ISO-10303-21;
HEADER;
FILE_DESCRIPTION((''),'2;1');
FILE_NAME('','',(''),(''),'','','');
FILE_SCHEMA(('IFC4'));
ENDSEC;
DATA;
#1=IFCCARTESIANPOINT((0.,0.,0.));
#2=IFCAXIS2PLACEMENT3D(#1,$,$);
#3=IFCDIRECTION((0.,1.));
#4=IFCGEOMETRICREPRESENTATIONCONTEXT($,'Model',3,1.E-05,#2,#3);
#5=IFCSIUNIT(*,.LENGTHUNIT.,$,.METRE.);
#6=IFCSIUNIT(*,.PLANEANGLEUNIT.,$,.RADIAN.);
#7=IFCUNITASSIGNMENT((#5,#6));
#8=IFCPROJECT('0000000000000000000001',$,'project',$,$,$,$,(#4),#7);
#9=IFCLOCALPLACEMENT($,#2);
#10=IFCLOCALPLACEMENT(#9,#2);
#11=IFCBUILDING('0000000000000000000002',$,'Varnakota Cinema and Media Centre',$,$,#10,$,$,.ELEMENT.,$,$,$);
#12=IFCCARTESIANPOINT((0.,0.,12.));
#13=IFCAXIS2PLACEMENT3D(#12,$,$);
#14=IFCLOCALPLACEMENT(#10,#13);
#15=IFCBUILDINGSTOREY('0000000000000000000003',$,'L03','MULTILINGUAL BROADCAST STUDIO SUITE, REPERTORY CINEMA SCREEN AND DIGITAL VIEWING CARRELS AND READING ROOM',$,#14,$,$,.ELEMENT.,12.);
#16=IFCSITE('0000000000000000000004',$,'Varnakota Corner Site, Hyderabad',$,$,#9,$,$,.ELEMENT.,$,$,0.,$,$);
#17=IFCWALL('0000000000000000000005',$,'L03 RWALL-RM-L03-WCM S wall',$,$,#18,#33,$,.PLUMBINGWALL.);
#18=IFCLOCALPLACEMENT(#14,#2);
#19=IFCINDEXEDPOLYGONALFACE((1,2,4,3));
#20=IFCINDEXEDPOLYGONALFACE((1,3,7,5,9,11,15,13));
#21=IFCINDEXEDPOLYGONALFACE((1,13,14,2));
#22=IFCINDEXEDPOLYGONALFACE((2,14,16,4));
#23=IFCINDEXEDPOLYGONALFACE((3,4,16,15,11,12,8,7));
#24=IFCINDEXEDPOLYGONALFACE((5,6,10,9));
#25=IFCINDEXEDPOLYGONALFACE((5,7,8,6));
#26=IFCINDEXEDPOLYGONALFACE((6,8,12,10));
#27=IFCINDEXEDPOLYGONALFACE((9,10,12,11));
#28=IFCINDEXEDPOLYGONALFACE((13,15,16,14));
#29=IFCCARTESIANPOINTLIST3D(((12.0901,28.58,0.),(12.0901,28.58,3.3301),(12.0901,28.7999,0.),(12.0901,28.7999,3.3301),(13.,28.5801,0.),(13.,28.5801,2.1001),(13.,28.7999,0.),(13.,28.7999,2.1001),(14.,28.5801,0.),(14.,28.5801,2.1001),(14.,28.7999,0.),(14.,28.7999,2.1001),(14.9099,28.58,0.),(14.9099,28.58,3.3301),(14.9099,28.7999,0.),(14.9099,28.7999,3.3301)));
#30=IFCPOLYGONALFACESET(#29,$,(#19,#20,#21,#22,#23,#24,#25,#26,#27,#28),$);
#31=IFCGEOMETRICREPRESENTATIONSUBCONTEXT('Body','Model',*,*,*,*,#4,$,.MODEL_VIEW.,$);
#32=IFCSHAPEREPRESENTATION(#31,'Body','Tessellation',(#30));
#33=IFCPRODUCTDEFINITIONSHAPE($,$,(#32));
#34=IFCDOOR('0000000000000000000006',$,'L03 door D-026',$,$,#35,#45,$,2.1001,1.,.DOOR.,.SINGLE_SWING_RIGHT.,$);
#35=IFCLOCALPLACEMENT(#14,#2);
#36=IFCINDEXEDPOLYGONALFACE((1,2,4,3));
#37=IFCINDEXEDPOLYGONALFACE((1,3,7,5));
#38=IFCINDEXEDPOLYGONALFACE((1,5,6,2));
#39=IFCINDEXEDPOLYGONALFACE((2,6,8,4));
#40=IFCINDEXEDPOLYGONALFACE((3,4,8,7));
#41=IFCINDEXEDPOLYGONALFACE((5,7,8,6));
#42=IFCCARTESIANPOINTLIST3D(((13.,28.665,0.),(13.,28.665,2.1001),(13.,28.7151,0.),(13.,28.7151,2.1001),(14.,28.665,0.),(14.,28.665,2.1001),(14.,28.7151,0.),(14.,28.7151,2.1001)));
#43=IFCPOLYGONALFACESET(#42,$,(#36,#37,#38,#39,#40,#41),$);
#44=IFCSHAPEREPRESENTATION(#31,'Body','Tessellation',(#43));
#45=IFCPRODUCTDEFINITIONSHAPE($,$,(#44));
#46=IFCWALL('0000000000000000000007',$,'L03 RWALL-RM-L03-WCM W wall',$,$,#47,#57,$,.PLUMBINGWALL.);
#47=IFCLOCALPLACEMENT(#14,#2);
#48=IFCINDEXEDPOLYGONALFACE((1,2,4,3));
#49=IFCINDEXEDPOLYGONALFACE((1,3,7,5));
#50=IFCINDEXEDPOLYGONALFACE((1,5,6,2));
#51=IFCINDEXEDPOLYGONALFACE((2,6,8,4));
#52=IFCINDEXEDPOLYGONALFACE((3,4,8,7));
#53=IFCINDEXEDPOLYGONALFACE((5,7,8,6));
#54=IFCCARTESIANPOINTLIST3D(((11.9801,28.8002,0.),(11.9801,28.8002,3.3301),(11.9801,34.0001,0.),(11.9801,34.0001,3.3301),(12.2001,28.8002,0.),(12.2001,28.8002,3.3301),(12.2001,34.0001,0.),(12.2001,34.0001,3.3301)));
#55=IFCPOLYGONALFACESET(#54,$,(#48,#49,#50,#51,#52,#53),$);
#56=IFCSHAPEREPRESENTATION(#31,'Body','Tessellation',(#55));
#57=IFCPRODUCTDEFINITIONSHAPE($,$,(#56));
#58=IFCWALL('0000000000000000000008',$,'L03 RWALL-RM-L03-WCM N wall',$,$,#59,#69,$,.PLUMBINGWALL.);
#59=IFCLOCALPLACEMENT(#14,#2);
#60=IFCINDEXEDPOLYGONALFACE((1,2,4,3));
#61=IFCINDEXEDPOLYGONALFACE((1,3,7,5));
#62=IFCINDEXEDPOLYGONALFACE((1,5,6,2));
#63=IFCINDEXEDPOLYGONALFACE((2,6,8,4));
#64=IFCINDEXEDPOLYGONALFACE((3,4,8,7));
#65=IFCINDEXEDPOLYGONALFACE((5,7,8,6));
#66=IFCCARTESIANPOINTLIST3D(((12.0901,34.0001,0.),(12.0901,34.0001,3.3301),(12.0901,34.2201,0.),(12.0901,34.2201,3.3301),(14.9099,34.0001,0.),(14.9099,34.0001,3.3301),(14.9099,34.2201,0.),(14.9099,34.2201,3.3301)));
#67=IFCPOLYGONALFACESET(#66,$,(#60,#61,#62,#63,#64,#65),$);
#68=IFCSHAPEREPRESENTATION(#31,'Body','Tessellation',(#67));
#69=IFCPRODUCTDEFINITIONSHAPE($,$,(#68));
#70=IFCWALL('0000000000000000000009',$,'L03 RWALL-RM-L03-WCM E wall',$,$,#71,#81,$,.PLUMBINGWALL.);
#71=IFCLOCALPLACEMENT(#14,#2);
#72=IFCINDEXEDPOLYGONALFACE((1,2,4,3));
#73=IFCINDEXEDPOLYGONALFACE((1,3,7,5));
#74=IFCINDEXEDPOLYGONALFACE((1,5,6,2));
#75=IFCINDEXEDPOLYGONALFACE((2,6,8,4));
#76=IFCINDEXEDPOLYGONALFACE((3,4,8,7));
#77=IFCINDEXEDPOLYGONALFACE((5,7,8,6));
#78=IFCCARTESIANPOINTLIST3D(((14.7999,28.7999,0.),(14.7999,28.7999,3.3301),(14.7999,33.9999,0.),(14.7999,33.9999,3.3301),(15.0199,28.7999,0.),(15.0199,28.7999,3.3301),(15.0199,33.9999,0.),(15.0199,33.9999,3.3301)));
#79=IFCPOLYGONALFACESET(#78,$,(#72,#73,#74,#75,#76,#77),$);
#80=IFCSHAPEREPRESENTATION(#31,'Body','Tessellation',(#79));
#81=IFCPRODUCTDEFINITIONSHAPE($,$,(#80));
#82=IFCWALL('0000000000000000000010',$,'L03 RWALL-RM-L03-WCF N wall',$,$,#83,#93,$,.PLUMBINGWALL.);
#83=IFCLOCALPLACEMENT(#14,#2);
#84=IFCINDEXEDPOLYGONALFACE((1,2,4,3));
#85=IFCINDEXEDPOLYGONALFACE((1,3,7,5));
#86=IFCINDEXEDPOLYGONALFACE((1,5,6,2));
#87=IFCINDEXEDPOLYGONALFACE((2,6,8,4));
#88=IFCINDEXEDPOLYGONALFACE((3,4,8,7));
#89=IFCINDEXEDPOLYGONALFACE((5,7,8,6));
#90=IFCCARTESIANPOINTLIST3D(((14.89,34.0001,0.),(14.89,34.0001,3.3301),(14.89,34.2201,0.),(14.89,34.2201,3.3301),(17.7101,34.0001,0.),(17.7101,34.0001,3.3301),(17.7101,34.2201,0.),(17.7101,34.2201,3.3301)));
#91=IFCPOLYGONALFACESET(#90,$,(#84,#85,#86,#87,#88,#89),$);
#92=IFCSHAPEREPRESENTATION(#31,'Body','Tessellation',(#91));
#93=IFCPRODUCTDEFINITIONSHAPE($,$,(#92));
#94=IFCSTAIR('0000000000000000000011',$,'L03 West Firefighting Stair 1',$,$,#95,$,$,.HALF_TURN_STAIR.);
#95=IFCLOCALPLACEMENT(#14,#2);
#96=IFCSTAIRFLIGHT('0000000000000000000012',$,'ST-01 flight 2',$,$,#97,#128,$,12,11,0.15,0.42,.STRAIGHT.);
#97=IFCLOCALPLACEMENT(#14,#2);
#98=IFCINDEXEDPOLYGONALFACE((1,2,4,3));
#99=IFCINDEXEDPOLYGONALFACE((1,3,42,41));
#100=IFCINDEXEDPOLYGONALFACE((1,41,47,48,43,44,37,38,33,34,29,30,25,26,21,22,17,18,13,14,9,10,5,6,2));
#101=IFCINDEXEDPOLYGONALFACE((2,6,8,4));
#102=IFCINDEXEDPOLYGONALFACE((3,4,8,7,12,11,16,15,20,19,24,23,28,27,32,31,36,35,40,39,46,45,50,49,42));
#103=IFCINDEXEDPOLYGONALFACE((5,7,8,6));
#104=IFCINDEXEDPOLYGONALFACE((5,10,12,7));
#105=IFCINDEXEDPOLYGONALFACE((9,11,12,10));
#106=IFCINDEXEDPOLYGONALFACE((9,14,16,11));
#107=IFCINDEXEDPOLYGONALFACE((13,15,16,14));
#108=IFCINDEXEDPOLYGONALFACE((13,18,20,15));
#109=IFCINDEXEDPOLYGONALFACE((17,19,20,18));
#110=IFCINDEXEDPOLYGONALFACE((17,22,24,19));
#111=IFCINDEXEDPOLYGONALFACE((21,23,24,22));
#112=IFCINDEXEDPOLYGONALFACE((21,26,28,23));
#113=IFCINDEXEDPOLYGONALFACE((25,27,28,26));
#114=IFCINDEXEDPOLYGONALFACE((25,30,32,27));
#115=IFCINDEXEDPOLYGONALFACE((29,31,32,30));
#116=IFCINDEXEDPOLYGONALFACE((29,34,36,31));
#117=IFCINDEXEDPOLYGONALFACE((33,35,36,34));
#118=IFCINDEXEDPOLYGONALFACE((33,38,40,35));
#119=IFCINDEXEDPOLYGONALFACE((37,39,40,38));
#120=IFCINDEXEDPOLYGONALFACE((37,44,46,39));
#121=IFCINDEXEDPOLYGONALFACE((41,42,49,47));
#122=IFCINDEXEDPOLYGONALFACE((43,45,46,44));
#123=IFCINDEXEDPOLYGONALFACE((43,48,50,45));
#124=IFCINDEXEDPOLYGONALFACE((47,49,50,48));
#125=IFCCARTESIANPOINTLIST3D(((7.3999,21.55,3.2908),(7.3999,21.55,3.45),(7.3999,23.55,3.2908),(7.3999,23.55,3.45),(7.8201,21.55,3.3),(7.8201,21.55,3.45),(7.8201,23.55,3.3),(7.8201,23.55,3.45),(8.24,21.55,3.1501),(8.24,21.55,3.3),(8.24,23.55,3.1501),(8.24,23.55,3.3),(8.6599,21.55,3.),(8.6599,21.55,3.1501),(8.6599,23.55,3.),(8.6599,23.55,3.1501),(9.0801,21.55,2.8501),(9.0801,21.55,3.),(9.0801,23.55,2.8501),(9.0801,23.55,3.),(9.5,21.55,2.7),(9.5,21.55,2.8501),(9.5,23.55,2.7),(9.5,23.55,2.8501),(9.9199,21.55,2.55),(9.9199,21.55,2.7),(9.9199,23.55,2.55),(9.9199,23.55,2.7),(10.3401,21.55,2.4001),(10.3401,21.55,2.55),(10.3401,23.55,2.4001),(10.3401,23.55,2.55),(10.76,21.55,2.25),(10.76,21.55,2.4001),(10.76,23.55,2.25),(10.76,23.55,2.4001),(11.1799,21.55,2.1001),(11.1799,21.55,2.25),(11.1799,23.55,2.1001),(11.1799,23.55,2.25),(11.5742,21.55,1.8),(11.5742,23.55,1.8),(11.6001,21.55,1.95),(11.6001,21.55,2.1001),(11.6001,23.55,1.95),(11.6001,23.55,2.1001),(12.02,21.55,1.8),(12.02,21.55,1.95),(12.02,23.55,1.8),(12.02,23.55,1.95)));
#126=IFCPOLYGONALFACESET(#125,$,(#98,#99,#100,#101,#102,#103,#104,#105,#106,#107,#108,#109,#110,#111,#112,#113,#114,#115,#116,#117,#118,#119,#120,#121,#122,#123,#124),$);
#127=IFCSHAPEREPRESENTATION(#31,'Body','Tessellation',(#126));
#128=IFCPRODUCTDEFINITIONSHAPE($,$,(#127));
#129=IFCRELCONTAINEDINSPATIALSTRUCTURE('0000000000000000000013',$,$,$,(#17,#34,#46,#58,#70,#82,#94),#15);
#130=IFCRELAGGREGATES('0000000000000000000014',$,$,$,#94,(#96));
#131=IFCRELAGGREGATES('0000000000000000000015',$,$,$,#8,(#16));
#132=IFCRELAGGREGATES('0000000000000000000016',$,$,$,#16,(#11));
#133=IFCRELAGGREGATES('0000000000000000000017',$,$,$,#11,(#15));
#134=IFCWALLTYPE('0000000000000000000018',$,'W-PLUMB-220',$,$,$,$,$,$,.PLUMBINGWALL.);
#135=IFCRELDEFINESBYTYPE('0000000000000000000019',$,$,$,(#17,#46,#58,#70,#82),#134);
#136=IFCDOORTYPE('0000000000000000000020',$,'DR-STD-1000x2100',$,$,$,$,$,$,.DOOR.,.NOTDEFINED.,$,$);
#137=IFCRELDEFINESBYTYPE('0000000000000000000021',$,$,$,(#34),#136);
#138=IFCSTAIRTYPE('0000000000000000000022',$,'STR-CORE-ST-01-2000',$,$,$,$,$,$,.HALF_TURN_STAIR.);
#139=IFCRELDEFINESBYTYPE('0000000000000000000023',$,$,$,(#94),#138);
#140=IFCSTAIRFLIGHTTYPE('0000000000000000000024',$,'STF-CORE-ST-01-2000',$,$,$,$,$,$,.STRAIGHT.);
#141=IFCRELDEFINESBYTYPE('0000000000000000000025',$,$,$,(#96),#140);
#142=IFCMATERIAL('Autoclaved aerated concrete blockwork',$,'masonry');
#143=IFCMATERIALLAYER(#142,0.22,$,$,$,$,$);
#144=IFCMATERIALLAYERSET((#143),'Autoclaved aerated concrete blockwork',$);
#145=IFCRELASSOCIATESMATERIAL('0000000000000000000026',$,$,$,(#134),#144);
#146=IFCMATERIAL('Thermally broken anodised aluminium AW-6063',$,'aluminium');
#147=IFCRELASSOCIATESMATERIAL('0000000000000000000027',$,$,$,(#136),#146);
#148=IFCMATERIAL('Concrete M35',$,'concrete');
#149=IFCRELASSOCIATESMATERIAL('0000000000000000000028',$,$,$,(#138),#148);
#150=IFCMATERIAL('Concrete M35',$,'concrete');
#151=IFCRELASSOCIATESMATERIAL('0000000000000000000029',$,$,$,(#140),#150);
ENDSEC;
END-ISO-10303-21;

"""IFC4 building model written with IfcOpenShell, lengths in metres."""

from ifc_helpers import new_model, si_unit, direction, frame, frame_2d, origin, place, context, subcontext, project, spatial, polyline, rectangle, outline, extrude, material, layer, layer_set, type_object, element, fill, aggregate, save


model = new_model("IFC4")

# Units and contexts
model_context = context("Model", 3, precision=1e-05, world=origin(), true_north=direction((0.0, 1.0)))
body_context = subcontext(model_context, "Body", "Model", "MODEL_VIEW")
ifc_project = project(units=[si_unit("LENGTHUNIT", "METRE"), si_unit("PLANEANGLEUNIT", "RADIAN")], contexts=[model_context])

# Site, building, storey
site_placement = place(None, origin())
site = spatial("IfcSite", under=ifc_project, at=site_placement, Name="Varnakota Corner Site, Hyderabad", CompositionType="ELEMENT", RefElevation=0.0)
building_placement = place(site_placement, origin())
building = spatial("IfcBuilding", under=site, at=building_placement, Name="Varnakota Cinema and Media Centre", CompositionType="ELEMENT")
storey_placement = place(building_placement, frame((0.0, 0.0, 12.0)))
storey = spatial("IfcBuildingStorey", under=building, at=storey_placement, Name="L03", Description="MULTILINGUAL BROADCAST STUDIO SUITE, REPERTORY CINEMA SCREEN AND DIGITAL VIEWING CARRELS AND READING ROOM", CompositionType="ELEMENT", Elevation=12.0)

# Wall, opening, door
ifc_material_1 = material(Name="Autoclaved aerated concrete blockwork", Category="masonry")
ifc_layer_1 = layer(ifc_material_1, 0.22)
ifc_layer_set_1 = layer_set([ifc_layer_1], Name="Autoclaved aerated concrete blockwork")
wall_type_1 = type_object("IfcWallType", Name="W-PLUMB-220", PredefinedType="PLUMBINGWALL", material=ifc_layer_set_1)
wall_1_placement = place(storey_placement, frame((14.9099, 28.6899, 0.0), z_axis=(0.0, 0.0, 1.0), x_axis=(-1.0, 0.0, 0.0)))
wall_1 = element("IfcWall", 1, at=wall_1_placement, inside=storey, type_object=wall_type_1, Name="L03 RWALL-RM-L03-WCM S wall", PredefinedType="PLUMBINGWALL", context=body_context, shape_type="SweptSolid", body=[
    extrude(rectangle(XDim=2.8198, YDim=0.22, at=frame_2d((1.4099, 0.0))), origin(), (0.0, 0.0, 1.0), 3.3301),
])
opening_placement = place(wall_1_placement, frame((0.9099, 0.0, 0.0)))
opening = element("IfcOpeningElement", 2, at=opening_placement, cuts=wall_1, PredefinedType="OPENING", context=body_context, shape_type="SweptSolid", body=[
    extrude(rectangle(XDim=1.0, YDim=2.1001, at=frame_2d((0.5, 1.05))), frame((0.0, 0.1099, 0.0), z_axis=(0.0, -1.0, 0.0), x_axis=(1.0, 0.0, 0.0)), (0.0, 0.0, 1.0), 0.22),
])
ifc_material_2 = material(Name="Thermally broken anodised aluminium AW-6063", Category="aluminium")
door_type = type_object("IfcDoorType", Name="DR-STD-1000x2100", OperationType="NOTDEFINED", PredefinedType="DOOR", material=ifc_material_2)
door_placement = place(opening_placement, origin())
door = element("IfcDoor", 3, at=door_placement, inside=storey, type_object=door_type, Name="L03 door D-026", OperationType="SINGLE_SWING_RIGHT", OverallHeight=2.1001, OverallWidth=1.0, PredefinedType="DOOR", context=body_context, shape_type="SweptSolid", body=[
    extrude(rectangle(XDim=1.0, YDim=2.1001, at=frame_2d((0.5, 1.05))), frame((0.0, 0.0249, 0.0), z_axis=(0.0, -1.0, 0.0), x_axis=(1.0, 0.0, 0.0)), (0.0, 0.0, 1.0), 0.05),
])
fill(opening, door)

# Walls
wall_2_placement = place(storey_placement, frame((12.0901, 28.8, 0.0), z_axis=(0.0, 0.0, 1.0), x_axis=(0.0, 1.0, 0.0)))
element("IfcWall", 4, at=wall_2_placement, inside=storey, type_object=wall_type_1, Name="L03 RWALL-RM-L03-WCM W wall", PredefinedType="PLUMBINGWALL", context=body_context, shape_type="SweptSolid", body=[
    extrude(rectangle(XDim=5.2, YDim=0.22, at=frame_2d((2.6001, 0.0))), origin(), (0.0, 0.0, 1.0), 3.3301),
])
wall_3_placement = place(storey_placement, frame((12.0901, 34.1101, 0.0), z_axis=(0.0, 0.0, 1.0), x_axis=(1.0, 0.0, 0.0)))
element("IfcWall", 5, at=wall_3_placement, inside=storey, type_object=wall_type_1, Name="L03 RWALL-RM-L03-WCM N wall", PredefinedType="PLUMBINGWALL", context=body_context, shape_type="SweptSolid", body=[
    extrude(rectangle(XDim=2.8198, YDim=0.22, at=frame_2d((1.4099, 0.0))), origin(), (0.0, 0.0, 1.0), 3.3301),
])
wall_4_placement = place(storey_placement, frame((14.9099, 34.0, 0.0), z_axis=(0.0, 0.0, 1.0), x_axis=(0.0, -1.0, 0.0)))
element("IfcWall", 6, at=wall_4_placement, inside=storey, type_object=wall_type_1, Name="L03 RWALL-RM-L03-WCM E wall", PredefinedType="PLUMBINGWALL", context=body_context, shape_type="SweptSolid", body=[
    extrude(rectangle(XDim=5.2, YDim=0.22, at=frame_2d((2.6001, 0.0))), origin(), (0.0, 0.0, 1.0), 3.3301),
])
wall_5_placement = place(storey_placement, frame((14.8899, 34.1101, 0.0), z_axis=(0.0, 0.0, 1.0), x_axis=(1.0, 0.0, 0.0)))
element("IfcWall", 7, at=wall_5_placement, inside=storey, type_object=wall_type_1, Name="L03 RWALL-RM-L03-WCF N wall", PredefinedType="PLUMBINGWALL", context=body_context, shape_type="SweptSolid", body=[
    extrude(rectangle(XDim=2.8201, YDim=0.22, at=frame_2d((1.4102, 0.0))), origin(), (0.0, 0.0, 1.0), 3.3301),
])

# Stair, stair flight
ifc_material_3 = material(Name="Concrete M35", Category="concrete")
stair_type = type_object("IfcStairType", Name="STR-CORE-ST-01-2000", PredefinedType="HALF_TURN_STAIR", material=ifc_material_3)
stair_placement = place(storey_placement, origin())
stair = element("IfcStair", 8, at=stair_placement, inside=storey, type_object=stair_type, Name="L03 West Firefighting Stair 1", PredefinedType="HALF_TURN_STAIR")
ifc_material_4 = material(Name="Concrete M35", Category="concrete")
stair_flight_type = type_object("IfcStairFlightType", Name="STF-CORE-ST-01-2000", PredefinedType="STRAIGHT", material=ifc_material_4)
stair_flight_placement = place(storey_placement, frame((12.02, 22.55, 1.8), z_axis=(0.0, 0.0, 1.0), x_axis=(-1.0, 0.0, 0.0)))
stair_flight = element("IfcStairFlight", 9, at=stair_flight_placement, type_object=stair_flight_type, Name="ST-01 flight 2", NumberOfRisers=12, NumberOfTreads=11, PredefinedType="STRAIGHT", RiserHeight=0.15, TreadLength=0.42, context=body_context, shape_type="SweptSolid", body=[
    extrude(outline(polyline([(0.0, 0.0), (0.0, 0.1499), (0.4199, 0.1499), (0.4199, 0.3), (0.8401, 0.3), (0.8401, 0.45), (1.26, 0.45), (1.26, 0.6001), (1.6799, 0.6001), (1.6799, 0.75), (2.1001, 0.75), (2.1001, 0.8999), (2.52, 0.8999), (2.52, 1.05), (2.9399, 1.05), (2.9399, 1.2), (3.3601, 1.2), (3.3601, 1.3501), (3.78, 1.3501), (3.78, 1.5), (4.2, 1.5), (4.2, 1.6499), (4.6201, 1.6499), (4.6201, 1.8), (4.6201, 1.4907), (0.4458, 0.0), (0.0, 0.0)])), frame((0.0, 1.0, 0.0), z_axis=(0.0, -1.0, 0.0), x_axis=(1.0, 0.0, 0.0)), (0.0, 0.0, 1.0), 2.0),
])
aggregate(stair, [stair_flight])

save(model, "model.ifc")
